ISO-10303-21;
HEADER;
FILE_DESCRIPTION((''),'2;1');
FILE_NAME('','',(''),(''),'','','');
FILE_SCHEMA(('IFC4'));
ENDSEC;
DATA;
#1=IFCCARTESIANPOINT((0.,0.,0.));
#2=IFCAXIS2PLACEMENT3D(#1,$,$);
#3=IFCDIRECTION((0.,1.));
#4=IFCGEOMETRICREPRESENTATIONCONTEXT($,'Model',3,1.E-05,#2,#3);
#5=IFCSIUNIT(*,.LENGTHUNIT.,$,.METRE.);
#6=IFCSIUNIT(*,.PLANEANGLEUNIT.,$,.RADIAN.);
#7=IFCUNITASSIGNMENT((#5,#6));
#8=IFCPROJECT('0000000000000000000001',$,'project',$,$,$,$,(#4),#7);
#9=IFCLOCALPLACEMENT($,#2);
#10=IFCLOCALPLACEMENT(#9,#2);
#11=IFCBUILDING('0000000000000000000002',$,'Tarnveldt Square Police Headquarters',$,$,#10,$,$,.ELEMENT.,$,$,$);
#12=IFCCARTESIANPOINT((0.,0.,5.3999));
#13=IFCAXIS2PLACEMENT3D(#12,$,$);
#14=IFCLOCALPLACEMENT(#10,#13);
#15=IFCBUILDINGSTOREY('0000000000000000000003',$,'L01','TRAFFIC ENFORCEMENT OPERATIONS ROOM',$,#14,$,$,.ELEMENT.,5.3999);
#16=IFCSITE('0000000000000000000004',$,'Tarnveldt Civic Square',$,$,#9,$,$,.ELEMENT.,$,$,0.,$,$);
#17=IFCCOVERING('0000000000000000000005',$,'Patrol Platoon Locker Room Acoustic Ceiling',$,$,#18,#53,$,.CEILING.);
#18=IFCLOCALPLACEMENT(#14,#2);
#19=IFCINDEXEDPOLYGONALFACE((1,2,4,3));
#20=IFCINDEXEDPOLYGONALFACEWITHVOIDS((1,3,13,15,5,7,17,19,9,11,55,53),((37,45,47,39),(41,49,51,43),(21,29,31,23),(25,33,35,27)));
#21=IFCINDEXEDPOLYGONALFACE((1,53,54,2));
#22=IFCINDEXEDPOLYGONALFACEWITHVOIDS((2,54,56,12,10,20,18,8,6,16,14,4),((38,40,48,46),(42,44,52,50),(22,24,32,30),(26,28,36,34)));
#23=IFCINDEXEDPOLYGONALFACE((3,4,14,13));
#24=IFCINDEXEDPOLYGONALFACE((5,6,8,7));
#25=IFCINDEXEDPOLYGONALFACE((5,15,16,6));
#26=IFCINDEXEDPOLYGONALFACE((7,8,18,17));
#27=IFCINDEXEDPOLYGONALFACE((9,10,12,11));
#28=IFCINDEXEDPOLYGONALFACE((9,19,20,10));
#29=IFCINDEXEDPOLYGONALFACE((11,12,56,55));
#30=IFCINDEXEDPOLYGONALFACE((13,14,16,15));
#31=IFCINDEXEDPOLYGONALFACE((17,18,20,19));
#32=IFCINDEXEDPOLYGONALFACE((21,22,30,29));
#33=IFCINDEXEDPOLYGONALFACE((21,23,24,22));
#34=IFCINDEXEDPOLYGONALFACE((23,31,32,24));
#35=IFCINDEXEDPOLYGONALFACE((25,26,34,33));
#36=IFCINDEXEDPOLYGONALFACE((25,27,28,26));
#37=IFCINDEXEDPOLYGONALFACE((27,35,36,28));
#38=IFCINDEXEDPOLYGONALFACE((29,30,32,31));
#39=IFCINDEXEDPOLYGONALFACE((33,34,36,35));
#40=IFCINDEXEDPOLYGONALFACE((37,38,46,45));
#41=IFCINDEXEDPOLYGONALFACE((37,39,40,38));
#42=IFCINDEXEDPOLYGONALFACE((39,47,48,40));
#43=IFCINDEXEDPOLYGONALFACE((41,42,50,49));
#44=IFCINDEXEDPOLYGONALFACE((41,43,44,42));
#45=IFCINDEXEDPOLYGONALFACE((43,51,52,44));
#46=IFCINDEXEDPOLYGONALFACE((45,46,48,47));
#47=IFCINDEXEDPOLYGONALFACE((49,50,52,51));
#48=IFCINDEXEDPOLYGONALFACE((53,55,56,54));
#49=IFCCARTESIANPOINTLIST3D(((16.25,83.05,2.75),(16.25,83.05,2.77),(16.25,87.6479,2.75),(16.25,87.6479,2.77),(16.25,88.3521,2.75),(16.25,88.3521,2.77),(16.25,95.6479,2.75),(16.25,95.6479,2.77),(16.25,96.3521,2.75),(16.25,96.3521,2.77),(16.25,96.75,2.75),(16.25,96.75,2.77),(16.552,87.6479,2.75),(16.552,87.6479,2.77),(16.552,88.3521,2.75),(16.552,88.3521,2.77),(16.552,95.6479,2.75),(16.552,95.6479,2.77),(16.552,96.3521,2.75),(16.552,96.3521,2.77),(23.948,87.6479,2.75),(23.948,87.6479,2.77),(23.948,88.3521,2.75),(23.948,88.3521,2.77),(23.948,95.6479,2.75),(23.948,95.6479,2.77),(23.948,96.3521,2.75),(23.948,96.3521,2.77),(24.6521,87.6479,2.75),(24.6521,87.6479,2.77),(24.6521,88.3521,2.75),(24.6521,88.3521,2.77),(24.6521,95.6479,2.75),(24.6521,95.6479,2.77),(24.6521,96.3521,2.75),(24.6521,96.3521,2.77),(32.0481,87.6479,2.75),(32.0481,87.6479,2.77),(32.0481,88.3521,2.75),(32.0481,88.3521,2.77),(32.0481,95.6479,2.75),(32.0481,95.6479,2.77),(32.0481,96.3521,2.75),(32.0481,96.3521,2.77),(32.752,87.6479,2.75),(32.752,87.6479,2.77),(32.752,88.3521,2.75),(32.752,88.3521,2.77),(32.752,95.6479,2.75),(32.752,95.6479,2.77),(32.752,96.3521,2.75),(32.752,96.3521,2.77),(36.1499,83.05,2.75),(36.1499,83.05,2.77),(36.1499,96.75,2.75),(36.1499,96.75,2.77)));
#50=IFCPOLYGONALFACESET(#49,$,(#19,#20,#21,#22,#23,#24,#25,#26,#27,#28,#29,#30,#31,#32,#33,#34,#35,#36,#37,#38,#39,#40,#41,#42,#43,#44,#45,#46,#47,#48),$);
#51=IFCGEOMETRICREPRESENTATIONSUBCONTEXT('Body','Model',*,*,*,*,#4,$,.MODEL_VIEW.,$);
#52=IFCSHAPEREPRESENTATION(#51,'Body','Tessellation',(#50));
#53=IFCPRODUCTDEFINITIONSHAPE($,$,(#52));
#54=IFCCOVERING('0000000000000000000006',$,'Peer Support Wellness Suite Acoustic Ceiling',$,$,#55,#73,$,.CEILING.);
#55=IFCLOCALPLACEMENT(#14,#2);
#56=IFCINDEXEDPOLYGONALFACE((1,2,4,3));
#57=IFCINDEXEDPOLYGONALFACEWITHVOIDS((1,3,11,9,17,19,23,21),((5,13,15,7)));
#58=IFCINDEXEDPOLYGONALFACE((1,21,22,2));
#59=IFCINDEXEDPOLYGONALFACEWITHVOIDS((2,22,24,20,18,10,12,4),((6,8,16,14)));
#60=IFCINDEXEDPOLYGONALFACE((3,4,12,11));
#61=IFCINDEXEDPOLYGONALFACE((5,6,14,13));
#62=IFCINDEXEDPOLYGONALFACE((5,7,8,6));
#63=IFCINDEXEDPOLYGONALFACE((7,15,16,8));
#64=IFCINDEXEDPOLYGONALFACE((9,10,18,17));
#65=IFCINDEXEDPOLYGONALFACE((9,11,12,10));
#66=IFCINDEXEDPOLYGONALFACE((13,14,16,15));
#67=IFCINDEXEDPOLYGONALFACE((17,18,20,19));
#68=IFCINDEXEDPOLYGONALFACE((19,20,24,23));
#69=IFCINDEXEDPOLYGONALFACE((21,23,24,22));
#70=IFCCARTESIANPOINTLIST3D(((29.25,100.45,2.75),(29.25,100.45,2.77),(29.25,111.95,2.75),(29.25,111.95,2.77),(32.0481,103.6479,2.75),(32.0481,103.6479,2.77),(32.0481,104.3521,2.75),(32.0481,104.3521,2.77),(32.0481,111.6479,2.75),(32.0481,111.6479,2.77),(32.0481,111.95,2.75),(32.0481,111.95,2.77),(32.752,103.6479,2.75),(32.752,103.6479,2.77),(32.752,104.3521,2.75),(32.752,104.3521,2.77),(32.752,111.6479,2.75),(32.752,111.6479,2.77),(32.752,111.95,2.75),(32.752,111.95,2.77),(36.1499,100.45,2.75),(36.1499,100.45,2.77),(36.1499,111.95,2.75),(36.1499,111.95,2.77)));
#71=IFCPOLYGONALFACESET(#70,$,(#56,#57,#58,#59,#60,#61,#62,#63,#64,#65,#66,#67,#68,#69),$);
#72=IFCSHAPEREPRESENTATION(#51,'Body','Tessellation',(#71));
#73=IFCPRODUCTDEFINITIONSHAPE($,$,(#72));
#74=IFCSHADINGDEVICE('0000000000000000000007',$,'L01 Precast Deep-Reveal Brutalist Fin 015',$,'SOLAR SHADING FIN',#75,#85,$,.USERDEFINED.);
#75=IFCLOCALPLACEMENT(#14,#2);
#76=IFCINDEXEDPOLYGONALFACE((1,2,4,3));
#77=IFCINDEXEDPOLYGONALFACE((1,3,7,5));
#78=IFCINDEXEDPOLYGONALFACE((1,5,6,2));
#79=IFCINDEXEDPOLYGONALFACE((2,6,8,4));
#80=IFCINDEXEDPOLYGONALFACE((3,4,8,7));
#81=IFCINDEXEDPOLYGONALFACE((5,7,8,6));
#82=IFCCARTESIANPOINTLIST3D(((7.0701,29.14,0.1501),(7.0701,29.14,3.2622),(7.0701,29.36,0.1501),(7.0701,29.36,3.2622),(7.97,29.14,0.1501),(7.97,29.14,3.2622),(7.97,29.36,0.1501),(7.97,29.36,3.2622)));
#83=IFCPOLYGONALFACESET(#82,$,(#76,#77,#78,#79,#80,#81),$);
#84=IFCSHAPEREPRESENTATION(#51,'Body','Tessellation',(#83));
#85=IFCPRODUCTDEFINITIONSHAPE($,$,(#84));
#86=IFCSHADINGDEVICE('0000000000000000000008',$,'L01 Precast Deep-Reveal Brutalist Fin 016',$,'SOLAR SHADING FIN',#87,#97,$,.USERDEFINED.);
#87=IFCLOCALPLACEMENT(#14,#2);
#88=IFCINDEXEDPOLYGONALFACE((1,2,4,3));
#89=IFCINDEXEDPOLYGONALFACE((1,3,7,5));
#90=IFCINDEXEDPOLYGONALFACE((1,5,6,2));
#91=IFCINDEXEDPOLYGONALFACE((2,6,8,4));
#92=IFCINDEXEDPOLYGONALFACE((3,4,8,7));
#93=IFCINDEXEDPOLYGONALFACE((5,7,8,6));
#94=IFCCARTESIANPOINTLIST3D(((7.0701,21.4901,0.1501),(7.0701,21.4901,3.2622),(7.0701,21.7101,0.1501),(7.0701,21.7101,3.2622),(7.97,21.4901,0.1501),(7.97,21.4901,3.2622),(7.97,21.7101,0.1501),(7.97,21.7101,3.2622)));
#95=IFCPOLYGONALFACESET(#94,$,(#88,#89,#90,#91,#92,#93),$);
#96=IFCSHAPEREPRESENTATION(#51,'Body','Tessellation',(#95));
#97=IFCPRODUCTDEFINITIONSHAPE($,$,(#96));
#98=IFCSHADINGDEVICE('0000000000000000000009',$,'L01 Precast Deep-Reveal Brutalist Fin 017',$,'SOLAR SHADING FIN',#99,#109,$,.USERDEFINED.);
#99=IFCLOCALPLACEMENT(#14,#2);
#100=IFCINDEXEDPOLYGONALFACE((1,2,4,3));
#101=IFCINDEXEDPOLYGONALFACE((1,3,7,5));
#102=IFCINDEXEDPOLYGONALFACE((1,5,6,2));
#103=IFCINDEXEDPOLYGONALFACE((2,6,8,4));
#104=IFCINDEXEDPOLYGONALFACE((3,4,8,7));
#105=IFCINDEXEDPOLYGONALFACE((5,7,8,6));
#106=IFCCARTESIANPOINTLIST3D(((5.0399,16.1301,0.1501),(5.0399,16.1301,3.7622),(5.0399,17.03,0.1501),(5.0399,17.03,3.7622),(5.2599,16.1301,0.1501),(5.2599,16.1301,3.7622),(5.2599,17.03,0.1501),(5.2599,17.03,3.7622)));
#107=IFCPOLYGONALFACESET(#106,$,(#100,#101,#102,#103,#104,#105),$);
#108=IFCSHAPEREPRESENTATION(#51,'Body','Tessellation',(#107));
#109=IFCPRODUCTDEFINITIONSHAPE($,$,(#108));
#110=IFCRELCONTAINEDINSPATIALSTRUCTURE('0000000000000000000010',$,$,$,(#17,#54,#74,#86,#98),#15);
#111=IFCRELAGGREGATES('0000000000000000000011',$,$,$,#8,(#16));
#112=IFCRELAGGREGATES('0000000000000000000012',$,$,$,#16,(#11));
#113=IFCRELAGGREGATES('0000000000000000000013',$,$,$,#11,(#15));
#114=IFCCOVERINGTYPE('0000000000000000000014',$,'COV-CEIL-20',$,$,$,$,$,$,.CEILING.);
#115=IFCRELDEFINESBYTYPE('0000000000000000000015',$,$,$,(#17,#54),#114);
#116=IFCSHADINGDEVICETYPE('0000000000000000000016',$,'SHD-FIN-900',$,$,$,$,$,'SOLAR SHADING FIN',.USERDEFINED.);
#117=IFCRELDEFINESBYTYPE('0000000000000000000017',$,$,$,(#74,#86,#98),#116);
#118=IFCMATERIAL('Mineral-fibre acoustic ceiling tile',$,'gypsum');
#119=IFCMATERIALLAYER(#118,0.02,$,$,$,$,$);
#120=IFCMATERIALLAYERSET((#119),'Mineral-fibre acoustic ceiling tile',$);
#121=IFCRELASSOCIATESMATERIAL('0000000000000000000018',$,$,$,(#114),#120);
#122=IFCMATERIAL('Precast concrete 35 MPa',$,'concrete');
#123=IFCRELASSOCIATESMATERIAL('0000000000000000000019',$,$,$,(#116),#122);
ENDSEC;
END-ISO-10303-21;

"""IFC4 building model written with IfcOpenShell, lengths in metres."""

from ifc_helpers import new_model, si_unit, direction, frame, origin, origin_2d, place, context, subcontext, project, spatial, polyline, rectangle, outline, extrude, material, layer, layer_set, material_profile, profile_set, type_object, element, save


model = new_model("IFC4")

# Units and contexts
model_context = context("Model", 3, precision=1e-05, world=origin(), true_north=direction((0.0, 1.0)))
body_context = subcontext(model_context, "Body", "Model", "MODEL_VIEW")
ifc_project = project(units=[si_unit("LENGTHUNIT", "METRE"), si_unit("PLANEANGLEUNIT", "RADIAN")], contexts=[model_context])

# Site, building, storey
site_placement = place(None, origin())
site = spatial("IfcSite", under=ifc_project, at=site_placement, Name="Tarnveldt Civic Square", CompositionType="ELEMENT", RefElevation=0.0)
building_placement = place(site_placement, origin())
building = spatial("IfcBuilding", under=site, at=building_placement, Name="Tarnveldt Square Police Headquarters", CompositionType="ELEMENT")
storey_placement = place(building_placement, frame((0.0, 0.0, 5.3999)))
storey = spatial("IfcBuildingStorey", under=building, at=storey_placement, Name="L01", Description="TRAFFIC ENFORCEMENT OPERATIONS ROOM", CompositionType="ELEMENT", Elevation=5.3999)

# Coverings
ifc_material_1 = material(Name="Mineral-fibre acoustic ceiling tile", Category="gypsum")
ifc_layer_1 = layer(ifc_material_1, 0.02)
ifc_layer_set_1 = layer_set([ifc_layer_1], Name="Mineral-fibre acoustic ceiling tile")
covering_type_1 = type_object("IfcCoveringType", Name="COV-CEIL-20", PredefinedType="CEILING", material=ifc_layer_set_1)
covering_1_placement = place(storey_placement, frame((0.0, 0.0, 2.75)))
element("IfcCovering", 1, at=covering_1_placement, inside=storey, type_object=covering_type_1, Name="Patrol Platoon Locker Room Acoustic Ceiling", PredefinedType="CEILING", context=body_context, shape_type="SweptSolid", body=[
    extrude(outline(polyline([(16.25, 96.75), (36.1499, 96.75), (36.1499, 83.05), (16.25, 83.05), (16.25, 87.6479), (16.552, 87.6479), (16.552, 88.3521), (16.25, 88.3521), (16.25, 95.6479), (16.552, 95.6479), (16.552, 96.3521), (16.25, 96.3521), (16.25, 96.75)]), holes=[polyline([(32.752, 96.3521), (32.0481, 96.3521), (32.0481, 95.6479), (32.752, 95.6479), (32.752, 96.3521)]), polyline([(32.0481, 88.3521), (32.0481, 87.6479), (32.752, 87.6479), (32.752, 88.3521), (32.0481, 88.3521)]), polyline([(24.6521, 96.3521), (23.948, 96.3521), (23.948, 95.6479), (24.6521, 95.6479), (24.6521, 96.3521)]), polyline([(23.948, 88.3521), (23.948, 87.6479), (24.6521, 87.6479), (24.6521, 88.3521), (23.948, 88.3521)])]), origin(), (0.0, 0.0, 1.0), 0.02),
])
covering_2_placement = place(storey_placement, frame((0.0, 0.0, 2.75)))
element("IfcCovering", 2, at=covering_2_placement, inside=storey, type_object=covering_type_1, Name="Peer Support Wellness Suite Acoustic Ceiling", PredefinedType="CEILING", context=body_context, shape_type="SweptSolid", body=[
    extrude(outline(polyline([(36.1499, 111.95), (36.1499, 100.45), (29.25, 100.45), (29.25, 111.95), (32.0481, 111.95), (32.0481, 111.6479), (32.752, 111.6479), (32.752, 111.95), (36.1499, 111.95)]), holes=[polyline([(32.752, 104.3521), (32.0481, 104.3521), (32.0481, 103.6479), (32.752, 103.6479), (32.752, 104.3521)])]), origin(), (0.0, 0.0, 1.0), 0.02),
])

# Shading devices
ifc_material_2 = material(Name="Precast concrete 35 MPa", Category="concrete")
ifc_material_profile_1 = material_profile(ifc_material_2, rectangle(XDim=0.22, YDim=0.8999, at=origin_2d()), Name="PC-FIN220x900")
ifc_profile_set_1 = profile_set([ifc_material_profile_1], Name="Precast concrete 35 MPa")
shading_device_type = type_object("IfcShadingDeviceType", Name="SHD-FIN-900", ElementType="SOLAR SHADING FIN", PredefinedType="USERDEFINED", material=ifc_profile_set_1)
for number, where, z_axis, x_axis, name in (
    (3, (7.52, 29.25, 0.1501), (0.0, 0.0, 1.0), (0.0, -1.0, 0.0), "L01 Precast Deep-Reveal Brutalist Fin 015"),
    (4, (7.52, 21.6001, 0.1501), (0.0, 0.0, 1.0), (0.0, -1.0, 0.0), "L01 Precast Deep-Reveal Brutalist Fin 016"),
):
    element("IfcShadingDevice", number, at=place(storey_placement, frame(where, z_axis=z_axis, x_axis=x_axis)), inside=storey, type_object=shading_device_type, Name=name, ObjectType="SOLAR SHADING FIN", PredefinedType="USERDEFINED", context=body_context, shape_type="SweptSolid", body=[
        extrude(rectangle(XDim=0.22, YDim=0.8999, at=origin_2d()), origin(), (0.0, 0.0, 1.0), 3.1121),
    ])
shading_device_placement = place(storey_placement, frame((5.1499, 16.5801, 0.1501), z_axis=(0.0, 0.0, 1.0), x_axis=(-1.0, 0.0, 0.0)))
element("IfcShadingDevice", 5, at=shading_device_placement, inside=storey, type_object=shading_device_type, Name="L01 Precast Deep-Reveal Brutalist Fin 017", ObjectType="SOLAR SHADING FIN", PredefinedType="USERDEFINED", context=body_context, shape_type="SweptSolid", body=[
    extrude(rectangle(XDim=0.22, YDim=0.8999, at=origin_2d()), origin(), (0.0, 0.0, 1.0), 3.6121),
])

save(model, "model.ifc")
